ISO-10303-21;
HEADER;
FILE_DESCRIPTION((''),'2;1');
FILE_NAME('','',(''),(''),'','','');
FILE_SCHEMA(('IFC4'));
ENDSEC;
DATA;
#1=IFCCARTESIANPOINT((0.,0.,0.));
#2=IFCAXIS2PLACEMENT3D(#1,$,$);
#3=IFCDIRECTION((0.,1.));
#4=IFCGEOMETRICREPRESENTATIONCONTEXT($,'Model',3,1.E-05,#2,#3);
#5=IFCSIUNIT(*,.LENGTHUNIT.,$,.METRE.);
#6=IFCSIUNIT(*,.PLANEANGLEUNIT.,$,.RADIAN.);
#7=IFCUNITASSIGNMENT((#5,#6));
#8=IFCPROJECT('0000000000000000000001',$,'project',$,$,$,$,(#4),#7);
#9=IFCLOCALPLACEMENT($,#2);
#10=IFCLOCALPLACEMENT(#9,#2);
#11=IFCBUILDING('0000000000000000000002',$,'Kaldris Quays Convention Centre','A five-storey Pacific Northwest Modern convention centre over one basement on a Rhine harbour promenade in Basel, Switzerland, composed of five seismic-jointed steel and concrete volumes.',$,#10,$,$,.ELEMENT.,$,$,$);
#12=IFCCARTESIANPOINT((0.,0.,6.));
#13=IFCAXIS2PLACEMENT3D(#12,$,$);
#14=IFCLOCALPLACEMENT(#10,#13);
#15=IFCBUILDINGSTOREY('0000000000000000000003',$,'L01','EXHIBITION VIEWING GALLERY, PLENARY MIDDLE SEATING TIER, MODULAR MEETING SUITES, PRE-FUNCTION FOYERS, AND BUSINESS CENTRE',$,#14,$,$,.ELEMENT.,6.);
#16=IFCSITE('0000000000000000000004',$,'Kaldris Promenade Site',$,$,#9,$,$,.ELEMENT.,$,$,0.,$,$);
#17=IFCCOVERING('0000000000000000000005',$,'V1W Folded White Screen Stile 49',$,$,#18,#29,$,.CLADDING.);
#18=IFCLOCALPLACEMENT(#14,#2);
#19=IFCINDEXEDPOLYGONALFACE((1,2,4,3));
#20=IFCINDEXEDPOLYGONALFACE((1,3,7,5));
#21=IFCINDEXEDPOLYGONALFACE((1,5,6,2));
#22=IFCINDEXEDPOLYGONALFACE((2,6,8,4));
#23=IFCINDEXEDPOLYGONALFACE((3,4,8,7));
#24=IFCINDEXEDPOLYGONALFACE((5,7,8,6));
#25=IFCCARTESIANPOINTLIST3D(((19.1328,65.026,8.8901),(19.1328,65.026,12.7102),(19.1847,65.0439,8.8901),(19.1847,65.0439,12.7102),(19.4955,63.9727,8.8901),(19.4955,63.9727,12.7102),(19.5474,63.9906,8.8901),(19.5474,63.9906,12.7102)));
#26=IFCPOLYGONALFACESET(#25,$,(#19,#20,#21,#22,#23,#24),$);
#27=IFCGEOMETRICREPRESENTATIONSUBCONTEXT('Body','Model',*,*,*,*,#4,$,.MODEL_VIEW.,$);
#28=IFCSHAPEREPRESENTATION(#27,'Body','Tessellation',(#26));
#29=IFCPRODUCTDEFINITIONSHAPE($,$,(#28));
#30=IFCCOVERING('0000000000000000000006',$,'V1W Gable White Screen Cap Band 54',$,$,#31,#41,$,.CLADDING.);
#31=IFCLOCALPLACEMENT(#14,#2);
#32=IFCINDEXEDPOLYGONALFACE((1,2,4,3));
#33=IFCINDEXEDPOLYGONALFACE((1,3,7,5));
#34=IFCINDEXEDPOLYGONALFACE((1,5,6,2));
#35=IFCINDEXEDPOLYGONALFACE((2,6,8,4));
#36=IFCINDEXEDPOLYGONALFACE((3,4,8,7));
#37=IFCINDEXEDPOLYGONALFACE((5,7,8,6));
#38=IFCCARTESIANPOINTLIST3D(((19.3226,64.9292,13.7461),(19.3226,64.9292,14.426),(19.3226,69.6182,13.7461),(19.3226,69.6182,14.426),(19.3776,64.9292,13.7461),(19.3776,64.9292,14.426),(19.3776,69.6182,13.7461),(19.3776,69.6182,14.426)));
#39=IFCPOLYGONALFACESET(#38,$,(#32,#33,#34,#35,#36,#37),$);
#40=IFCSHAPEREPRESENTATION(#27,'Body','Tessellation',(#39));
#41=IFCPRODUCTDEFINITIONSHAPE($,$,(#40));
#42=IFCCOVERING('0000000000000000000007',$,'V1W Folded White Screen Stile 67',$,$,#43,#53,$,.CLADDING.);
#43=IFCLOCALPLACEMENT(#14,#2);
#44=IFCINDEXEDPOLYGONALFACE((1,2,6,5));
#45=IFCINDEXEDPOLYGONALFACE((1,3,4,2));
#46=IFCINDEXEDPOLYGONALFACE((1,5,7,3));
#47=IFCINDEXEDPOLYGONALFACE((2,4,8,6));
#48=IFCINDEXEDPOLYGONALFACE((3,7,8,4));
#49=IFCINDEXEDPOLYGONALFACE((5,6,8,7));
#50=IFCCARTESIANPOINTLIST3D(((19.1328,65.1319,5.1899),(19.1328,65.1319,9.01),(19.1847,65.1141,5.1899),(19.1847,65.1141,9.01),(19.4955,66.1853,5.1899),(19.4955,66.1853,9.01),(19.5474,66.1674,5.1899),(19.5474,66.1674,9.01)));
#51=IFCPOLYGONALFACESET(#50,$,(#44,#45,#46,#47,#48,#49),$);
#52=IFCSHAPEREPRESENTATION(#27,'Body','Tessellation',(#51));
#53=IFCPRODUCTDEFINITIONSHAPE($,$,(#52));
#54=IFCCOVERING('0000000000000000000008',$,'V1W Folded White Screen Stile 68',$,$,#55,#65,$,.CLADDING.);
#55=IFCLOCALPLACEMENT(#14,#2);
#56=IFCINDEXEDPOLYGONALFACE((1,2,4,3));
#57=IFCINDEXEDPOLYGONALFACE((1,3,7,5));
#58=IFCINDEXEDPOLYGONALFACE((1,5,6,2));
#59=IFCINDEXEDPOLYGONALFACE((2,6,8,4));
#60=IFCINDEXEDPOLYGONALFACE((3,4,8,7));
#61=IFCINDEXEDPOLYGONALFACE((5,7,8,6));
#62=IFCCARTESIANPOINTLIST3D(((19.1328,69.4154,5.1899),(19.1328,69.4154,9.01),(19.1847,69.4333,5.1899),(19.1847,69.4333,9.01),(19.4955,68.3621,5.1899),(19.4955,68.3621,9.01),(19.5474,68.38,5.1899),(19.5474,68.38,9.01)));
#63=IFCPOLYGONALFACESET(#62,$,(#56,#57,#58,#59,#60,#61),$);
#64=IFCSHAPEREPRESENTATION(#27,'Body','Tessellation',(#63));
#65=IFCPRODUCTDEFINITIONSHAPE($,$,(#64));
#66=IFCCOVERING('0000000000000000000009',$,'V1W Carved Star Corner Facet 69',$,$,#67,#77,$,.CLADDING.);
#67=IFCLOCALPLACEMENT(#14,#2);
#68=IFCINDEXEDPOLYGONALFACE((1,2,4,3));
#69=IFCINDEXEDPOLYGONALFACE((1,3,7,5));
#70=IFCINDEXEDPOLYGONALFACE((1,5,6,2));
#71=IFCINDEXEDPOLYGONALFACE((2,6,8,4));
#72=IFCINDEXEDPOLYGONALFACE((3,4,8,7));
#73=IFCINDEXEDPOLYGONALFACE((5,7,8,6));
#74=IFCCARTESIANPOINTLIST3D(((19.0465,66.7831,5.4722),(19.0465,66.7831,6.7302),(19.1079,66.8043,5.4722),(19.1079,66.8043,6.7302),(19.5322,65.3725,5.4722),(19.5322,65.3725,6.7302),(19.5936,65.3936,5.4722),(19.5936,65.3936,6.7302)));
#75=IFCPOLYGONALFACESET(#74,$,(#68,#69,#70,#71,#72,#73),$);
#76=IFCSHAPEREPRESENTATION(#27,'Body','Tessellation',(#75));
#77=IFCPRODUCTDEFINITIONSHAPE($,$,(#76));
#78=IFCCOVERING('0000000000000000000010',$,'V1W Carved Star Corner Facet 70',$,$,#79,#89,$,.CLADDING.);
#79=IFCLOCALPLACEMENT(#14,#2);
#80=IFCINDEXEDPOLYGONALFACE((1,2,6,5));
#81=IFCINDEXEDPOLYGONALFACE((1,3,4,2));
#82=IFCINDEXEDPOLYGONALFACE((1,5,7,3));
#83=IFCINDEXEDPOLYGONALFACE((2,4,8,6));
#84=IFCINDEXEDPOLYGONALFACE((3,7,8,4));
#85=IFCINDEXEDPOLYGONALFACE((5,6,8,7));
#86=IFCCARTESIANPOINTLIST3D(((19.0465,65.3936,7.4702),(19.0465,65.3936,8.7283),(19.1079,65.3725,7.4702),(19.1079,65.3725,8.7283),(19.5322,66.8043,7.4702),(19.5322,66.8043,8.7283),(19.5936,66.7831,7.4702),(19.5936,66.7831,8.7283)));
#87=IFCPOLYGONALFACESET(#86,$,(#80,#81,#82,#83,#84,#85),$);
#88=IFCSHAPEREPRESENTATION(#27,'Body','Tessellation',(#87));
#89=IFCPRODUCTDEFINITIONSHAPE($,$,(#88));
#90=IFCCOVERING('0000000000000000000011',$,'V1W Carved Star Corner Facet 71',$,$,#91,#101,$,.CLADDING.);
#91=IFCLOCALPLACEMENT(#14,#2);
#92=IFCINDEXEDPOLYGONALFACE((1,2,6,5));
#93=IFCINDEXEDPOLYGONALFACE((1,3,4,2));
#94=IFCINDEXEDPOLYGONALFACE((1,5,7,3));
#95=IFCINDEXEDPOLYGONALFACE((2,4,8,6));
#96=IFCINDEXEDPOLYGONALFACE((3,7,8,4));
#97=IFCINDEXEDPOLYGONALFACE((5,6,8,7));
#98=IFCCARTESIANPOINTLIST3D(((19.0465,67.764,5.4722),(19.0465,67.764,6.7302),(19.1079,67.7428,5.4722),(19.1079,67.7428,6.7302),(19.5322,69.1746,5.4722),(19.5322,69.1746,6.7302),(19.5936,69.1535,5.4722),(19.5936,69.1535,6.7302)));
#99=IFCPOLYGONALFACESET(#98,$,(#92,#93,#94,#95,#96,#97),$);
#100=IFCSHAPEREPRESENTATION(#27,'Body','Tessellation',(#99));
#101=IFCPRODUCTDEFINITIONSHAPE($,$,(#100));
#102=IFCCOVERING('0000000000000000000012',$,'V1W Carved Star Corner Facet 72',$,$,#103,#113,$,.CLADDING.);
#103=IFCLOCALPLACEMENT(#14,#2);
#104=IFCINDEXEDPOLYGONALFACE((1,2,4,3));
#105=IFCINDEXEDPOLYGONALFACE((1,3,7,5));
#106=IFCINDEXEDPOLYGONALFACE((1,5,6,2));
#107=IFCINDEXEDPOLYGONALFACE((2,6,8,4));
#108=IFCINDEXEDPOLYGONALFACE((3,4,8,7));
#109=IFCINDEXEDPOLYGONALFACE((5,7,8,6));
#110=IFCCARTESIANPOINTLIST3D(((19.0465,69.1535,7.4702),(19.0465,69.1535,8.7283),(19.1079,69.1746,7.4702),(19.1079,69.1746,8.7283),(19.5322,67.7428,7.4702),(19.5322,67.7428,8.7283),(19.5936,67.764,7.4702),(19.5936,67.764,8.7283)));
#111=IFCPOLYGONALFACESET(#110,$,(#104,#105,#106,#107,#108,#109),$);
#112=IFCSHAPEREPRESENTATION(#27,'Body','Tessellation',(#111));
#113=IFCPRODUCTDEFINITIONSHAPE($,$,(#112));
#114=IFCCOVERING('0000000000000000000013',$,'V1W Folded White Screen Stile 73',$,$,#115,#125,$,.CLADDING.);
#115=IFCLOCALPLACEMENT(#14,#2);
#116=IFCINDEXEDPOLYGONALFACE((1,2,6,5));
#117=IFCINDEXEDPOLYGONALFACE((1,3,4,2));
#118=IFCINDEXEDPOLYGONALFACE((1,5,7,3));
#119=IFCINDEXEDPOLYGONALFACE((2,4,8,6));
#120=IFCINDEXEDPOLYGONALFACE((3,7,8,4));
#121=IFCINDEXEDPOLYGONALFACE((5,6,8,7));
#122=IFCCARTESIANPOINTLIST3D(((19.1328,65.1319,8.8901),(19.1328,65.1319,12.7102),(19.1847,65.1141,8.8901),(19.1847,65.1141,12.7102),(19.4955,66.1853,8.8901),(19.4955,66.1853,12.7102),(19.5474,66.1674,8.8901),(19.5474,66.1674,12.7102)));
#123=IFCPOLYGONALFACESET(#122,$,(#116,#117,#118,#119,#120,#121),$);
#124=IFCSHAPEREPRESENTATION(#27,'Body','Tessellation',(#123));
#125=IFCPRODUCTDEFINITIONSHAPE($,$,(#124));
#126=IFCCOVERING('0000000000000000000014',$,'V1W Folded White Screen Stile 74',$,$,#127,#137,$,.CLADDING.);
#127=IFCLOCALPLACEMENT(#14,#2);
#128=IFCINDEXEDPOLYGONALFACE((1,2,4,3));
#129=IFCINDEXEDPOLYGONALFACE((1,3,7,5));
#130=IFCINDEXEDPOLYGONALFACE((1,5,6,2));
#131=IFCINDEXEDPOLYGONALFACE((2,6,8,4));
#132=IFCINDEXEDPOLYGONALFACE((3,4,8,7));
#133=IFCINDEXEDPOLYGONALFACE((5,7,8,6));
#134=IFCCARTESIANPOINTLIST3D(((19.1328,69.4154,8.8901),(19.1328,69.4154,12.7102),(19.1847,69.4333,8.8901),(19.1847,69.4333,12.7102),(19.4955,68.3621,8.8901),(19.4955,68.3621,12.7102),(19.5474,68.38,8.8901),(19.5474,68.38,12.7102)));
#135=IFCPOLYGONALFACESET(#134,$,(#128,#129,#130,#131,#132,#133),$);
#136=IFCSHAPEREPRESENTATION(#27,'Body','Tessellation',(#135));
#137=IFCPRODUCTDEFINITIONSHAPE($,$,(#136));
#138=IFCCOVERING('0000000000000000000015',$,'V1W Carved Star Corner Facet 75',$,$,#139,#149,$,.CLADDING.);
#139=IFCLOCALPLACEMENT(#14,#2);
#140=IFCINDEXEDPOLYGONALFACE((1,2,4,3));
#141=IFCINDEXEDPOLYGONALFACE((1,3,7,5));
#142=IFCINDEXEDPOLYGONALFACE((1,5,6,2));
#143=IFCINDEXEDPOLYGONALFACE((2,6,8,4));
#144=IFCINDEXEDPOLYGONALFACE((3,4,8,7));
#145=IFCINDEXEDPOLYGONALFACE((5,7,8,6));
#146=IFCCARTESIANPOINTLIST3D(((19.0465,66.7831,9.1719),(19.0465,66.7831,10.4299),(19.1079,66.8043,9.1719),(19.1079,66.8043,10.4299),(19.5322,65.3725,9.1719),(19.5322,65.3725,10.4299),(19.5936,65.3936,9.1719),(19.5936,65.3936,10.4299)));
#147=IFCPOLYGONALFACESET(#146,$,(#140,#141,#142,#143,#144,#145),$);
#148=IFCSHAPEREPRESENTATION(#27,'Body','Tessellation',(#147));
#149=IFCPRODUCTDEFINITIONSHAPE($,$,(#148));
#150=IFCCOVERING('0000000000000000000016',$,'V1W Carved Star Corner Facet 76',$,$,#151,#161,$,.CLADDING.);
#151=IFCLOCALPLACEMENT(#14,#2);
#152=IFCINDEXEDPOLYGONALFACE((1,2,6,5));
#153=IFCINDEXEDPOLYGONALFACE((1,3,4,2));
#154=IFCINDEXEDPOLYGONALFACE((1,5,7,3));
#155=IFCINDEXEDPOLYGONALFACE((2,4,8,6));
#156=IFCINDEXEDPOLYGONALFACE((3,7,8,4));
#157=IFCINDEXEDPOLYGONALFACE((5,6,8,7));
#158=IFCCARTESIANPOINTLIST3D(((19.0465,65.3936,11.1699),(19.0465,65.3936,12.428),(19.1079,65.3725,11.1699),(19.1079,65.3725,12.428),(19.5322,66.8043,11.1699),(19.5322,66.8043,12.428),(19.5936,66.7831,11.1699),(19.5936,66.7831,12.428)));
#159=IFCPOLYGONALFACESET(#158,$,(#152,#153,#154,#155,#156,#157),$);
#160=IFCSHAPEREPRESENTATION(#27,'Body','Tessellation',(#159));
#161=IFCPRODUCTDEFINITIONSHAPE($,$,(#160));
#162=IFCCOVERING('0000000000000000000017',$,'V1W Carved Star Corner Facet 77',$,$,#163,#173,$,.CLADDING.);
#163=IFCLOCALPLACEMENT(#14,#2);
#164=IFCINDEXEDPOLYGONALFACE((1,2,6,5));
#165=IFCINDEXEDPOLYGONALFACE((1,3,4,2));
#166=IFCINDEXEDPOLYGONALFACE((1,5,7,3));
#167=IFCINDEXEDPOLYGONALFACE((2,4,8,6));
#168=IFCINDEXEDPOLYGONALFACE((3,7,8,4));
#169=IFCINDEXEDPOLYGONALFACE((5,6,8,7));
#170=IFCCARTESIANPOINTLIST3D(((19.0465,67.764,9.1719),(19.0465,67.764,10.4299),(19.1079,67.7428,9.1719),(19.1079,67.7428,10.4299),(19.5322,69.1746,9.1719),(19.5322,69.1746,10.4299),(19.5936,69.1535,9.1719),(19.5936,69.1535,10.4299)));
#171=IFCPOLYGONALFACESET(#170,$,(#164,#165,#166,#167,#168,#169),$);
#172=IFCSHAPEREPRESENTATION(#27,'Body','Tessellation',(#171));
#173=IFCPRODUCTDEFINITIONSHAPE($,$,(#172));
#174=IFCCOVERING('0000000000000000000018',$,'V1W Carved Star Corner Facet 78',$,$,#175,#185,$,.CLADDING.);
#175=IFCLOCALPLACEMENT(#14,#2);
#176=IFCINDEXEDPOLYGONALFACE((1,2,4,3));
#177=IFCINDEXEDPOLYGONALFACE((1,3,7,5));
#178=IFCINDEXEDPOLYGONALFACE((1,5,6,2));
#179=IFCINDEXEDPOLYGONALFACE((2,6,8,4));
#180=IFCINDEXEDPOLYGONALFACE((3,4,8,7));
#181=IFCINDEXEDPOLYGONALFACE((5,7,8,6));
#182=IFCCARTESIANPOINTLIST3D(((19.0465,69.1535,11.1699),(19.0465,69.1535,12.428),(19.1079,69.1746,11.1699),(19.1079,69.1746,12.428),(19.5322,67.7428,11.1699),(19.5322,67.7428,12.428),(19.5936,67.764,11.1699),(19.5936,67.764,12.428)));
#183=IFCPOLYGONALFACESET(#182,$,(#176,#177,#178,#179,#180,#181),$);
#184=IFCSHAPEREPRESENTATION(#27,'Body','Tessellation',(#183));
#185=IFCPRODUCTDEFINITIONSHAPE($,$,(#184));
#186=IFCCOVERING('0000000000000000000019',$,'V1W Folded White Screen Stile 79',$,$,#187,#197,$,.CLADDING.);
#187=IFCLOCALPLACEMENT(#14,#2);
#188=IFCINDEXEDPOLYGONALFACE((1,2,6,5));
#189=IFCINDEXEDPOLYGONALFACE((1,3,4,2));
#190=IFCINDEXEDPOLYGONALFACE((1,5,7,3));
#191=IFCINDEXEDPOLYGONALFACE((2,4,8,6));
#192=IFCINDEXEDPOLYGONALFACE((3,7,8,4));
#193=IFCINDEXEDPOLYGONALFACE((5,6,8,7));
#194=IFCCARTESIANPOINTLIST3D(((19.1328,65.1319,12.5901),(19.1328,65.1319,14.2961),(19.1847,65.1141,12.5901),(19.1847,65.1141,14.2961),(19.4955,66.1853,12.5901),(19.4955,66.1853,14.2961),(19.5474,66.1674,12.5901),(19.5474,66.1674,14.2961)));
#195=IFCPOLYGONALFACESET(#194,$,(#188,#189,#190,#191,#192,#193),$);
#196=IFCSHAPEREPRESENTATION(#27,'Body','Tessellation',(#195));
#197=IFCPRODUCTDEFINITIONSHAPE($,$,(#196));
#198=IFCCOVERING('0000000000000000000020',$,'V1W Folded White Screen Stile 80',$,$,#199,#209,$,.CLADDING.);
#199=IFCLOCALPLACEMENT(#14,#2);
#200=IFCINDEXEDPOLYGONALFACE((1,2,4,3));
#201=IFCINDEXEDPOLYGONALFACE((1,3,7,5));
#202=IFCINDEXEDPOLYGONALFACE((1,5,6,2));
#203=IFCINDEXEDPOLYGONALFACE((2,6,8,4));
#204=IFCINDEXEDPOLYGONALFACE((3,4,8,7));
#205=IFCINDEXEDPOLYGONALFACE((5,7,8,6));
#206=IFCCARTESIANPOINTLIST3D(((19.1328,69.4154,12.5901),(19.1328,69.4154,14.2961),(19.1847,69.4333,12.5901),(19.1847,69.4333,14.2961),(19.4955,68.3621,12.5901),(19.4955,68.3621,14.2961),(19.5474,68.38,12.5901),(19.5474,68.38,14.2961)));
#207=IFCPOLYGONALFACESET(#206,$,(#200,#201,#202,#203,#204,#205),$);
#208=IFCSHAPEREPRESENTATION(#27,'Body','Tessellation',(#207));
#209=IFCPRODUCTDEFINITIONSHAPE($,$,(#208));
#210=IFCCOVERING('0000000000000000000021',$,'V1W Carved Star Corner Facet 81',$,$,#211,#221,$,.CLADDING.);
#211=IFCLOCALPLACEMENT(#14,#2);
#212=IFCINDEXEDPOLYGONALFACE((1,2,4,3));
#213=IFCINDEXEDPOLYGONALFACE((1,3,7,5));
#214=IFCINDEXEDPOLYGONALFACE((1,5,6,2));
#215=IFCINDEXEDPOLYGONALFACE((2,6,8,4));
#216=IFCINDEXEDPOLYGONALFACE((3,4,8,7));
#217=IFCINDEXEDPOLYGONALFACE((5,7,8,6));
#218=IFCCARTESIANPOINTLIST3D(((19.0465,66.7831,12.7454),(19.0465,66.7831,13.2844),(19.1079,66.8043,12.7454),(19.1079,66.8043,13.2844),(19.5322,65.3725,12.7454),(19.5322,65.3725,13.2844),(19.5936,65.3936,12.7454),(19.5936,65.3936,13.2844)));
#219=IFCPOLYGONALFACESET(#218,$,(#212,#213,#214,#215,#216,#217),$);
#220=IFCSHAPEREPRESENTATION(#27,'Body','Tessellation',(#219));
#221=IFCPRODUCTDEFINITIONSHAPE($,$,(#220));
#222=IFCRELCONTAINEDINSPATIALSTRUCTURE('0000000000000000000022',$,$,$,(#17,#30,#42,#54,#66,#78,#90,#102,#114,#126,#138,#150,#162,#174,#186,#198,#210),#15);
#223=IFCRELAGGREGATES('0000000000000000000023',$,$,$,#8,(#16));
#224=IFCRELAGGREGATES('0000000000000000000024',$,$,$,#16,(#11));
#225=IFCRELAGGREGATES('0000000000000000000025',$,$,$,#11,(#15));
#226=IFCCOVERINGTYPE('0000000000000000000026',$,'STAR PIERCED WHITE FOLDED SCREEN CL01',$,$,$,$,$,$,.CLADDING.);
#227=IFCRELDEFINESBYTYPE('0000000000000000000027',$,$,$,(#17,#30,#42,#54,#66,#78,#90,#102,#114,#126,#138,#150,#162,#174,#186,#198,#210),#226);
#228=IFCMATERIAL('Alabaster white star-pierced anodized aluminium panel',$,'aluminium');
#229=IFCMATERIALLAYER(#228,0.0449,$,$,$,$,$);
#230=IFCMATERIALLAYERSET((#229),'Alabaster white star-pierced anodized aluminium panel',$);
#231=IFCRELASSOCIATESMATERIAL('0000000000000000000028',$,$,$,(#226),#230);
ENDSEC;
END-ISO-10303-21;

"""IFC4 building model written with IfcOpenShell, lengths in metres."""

from ifc_helpers import new_model, si_unit, direction, frame, origin, origin_2d, place, context, subcontext, project, spatial, rectangle, extrude, material, layer, layer_set, type_object, element, save


model = new_model("IFC4")

# Units and contexts
model_context = context("Model", 3, precision=1e-05, world=origin(), true_north=direction((0.0, 1.0)))
body_context = subcontext(model_context, "Body", "Model", "MODEL_VIEW")
ifc_project = project(units=[si_unit("LENGTHUNIT", "METRE"), si_unit("PLANEANGLEUNIT", "RADIAN")], contexts=[model_context])

# Site, building, storey
site_placement = place(None, origin())
site = spatial("IfcSite", under=ifc_project, at=site_placement, Name="Kaldris Promenade Site", CompositionType="ELEMENT", RefElevation=0.0)
building_placement = place(site_placement, origin())
building = spatial("IfcBuilding", under=site, at=building_placement, Name="Kaldris Quays Convention Centre", Description="A five-storey Pacific Northwest Modern convention centre over one basement on a Rhine harbour promenade in Basel, Switzerland, composed of five seismic-jointed steel and concrete volumes.", CompositionType="ELEMENT")
storey_placement = place(building_placement, frame((0.0, 0.0, 6.0)))
storey = spatial("IfcBuildingStorey", under=building, at=storey_placement, Name="L01", Description="EXHIBITION VIEWING GALLERY, PLENARY MIDDLE SEATING TIER, MODULAR MEETING SUITES, PRE-FUNCTION FOYERS, AND BUSINESS CENTRE", CompositionType="ELEMENT", Elevation=6.0)

# Coverings
ifc_material_1 = material(Name="Alabaster white star-pierced anodized aluminium panel", Category="aluminium")
ifc_layer = layer(ifc_material_1, 0.0449)
ifc_layer_set = layer_set([ifc_layer], Name="Alabaster white star-pierced anodized aluminium panel")
covering_type = type_object("IfcCoveringType", Name="STAR PIERCED WHITE FOLDED SCREEN CL01", PredefinedType="CLADDING", material=ifc_layer_set)
covering_1_placement = place(storey_placement, frame((19.3401, 64.5083, 8.8901), z_axis=(0.0, 0.0, 1.0), x_axis=(-0.325568, 0.945519, 0.0)))
element("IfcCovering", 1, at=covering_1_placement, inside=storey, type_object=covering_type, Name="V1W Folded White Screen Stile 49", PredefinedType="CLADDING", context=body_context, shape_type="SweptSolid", body=[
    extrude(rectangle(XDim=1.114, YDim=0.0549, at=origin_2d()), origin(), (0.0, 0.0, 1.0), 3.8201),
])
covering_2_placement = place(storey_placement, frame((19.3501, 67.2737, 13.7461), z_axis=(0.0, 0.0, 1.0), x_axis=(0.0, 1.0, 0.0)))
element("IfcCovering", 2, at=covering_2_placement, inside=storey, type_object=covering_type, Name="V1W Gable White Screen Cap Band 54", PredefinedType="CLADDING", context=body_context, shape_type="SweptSolid", body=[
    extrude(rectangle(XDim=4.689, YDim=0.0549, at=origin_2d()), origin(), (0.0, 0.0, 1.0), 0.6799),
])
for number, where, z_axis, x_axis, name in (
    (3, (19.3401, 65.6497, 5.1899), (0.0, 0.0, 1.0), (0.325568, 0.945519, 0.0), "V1W Folded White Screen Stile 67"),
    (4, (19.3401, 68.8977, 5.1899), (0.0, 0.0, 1.0), (-0.325568, 0.945519, 0.0), "V1W Folded White Screen Stile 68"),
):
    element("IfcCovering", number, at=place(storey_placement, frame(where, z_axis=z_axis, x_axis=x_axis)), inside=storey, type_object=covering_type, Name=name, PredefinedType="CLADDING", context=body_context, shape_type="SweptSolid", body=[
        extrude(rectangle(XDim=1.114, YDim=0.0549, at=origin_2d()), origin(), (0.0, 0.0, 1.0), 3.8201),
    ])
for number, where, z_axis, x_axis, name in (
    (5, (19.3201, 66.0884, 5.4722), (0.0, 0.0, 1.0), (-0.325568, 0.945519, 0.0), "V1W Carved Star Corner Facet 69"),
    (6, (19.3201, 66.0884, 7.4702), (0.0, 0.0, 1.0), (0.325568, 0.945519, 0.0), "V1W Carved Star Corner Facet 70"),
    (7, (19.3201, 68.4587, 5.4722), (0.0, 0.0, 1.0), (0.325568, 0.945519, 0.0), "V1W Carved Star Corner Facet 71"),
    (8, (19.3201, 68.4587, 7.4702), (0.0, 0.0, 1.0), (-0.325568, 0.945519, 0.0), "V1W Carved Star Corner Facet 72"),
):
    element("IfcCovering", number, at=place(storey_placement, frame(where, z_axis=z_axis, x_axis=x_axis)), inside=storey, type_object=covering_type, Name=name, PredefinedType="CLADDING", context=body_context, shape_type="SweptSolid", body=[
        extrude(rectangle(XDim=1.4919, YDim=0.0649, at=origin_2d()), origin(), (0.0, 0.0, 1.0), 1.2581),
    ])
for number, where, z_axis, x_axis, name in (
    (9, (19.3401, 65.6497, 8.8901), (0.0, 0.0, 1.0), (0.325568, 0.945519, 0.0), "V1W Folded White Screen Stile 73"),
    (10, (19.3401, 68.8977, 8.8901), (0.0, 0.0, 1.0), (-0.325568, 0.945519, 0.0), "V1W Folded White Screen Stile 74"),
):
    element("IfcCovering", number, at=place(storey_placement, frame(where, z_axis=z_axis, x_axis=x_axis)), inside=storey, type_object=covering_type, Name=name, PredefinedType="CLADDING", context=body_context, shape_type="SweptSolid", body=[
        extrude(rectangle(XDim=1.114, YDim=0.0549, at=origin_2d()), origin(), (0.0, 0.0, 1.0), 3.8201),
    ])
for number, where, z_axis, x_axis, name in (
    (11, (19.3201, 66.0884, 9.1719), (0.0, 0.0, 1.0), (-0.325568, 0.945519, 0.0), "V1W Carved Star Corner Facet 75"),
    (12, (19.3201, 66.0884, 11.1699), (0.0, 0.0, 1.0), (0.325568, 0.945519, 0.0), "V1W Carved Star Corner Facet 76"),
    (13, (19.3201, 68.4587, 9.1719), (0.0, 0.0, 1.0), (0.325568, 0.945519, 0.0), "V1W Carved Star Corner Facet 77"),
    (14, (19.3201, 68.4587, 11.1699), (0.0, 0.0, 1.0), (-0.325568, 0.945519, 0.0), "V1W Carved Star Corner Facet 78"),
):
    element("IfcCovering", number, at=place(storey_placement, frame(where, z_axis=z_axis, x_axis=x_axis)), inside=storey, type_object=covering_type, Name=name, PredefinedType="CLADDING", context=body_context, shape_type="SweptSolid", body=[
        extrude(rectangle(XDim=1.4919, YDim=0.0649, at=origin_2d()), origin(), (0.0, 0.0, 1.0), 1.2581),
    ])
for number, where, z_axis, x_axis, name in (
    (15, (19.3401, 65.6497, 12.5901), (0.0, 0.0, 1.0), (0.325568, 0.945519, 0.0), "V1W Folded White Screen Stile 79"),
    (16, (19.3401, 68.8977, 12.5901), (0.0, 0.0, 1.0), (-0.325568, 0.945519, 0.0), "V1W Folded White Screen Stile 80"),
):
    element("IfcCovering", number, at=place(storey_placement, frame(where, z_axis=z_axis, x_axis=x_axis)), inside=storey, type_object=covering_type, Name=name, PredefinedType="CLADDING", context=body_context, shape_type="SweptSolid", body=[
        extrude(rectangle(XDim=1.114, YDim=0.0549, at=origin_2d()), origin(), (0.0, 0.0, 1.0), 1.7061),
    ])
for number, where, z_axis, x_axis, name in (
    (17, (19.3201, 66.0884, 12.7454), (0.0, 0.0, 1.0), (-0.325568, 0.945519, 0.0), "V1W Carved Star Corner Facet 81"),
):
    element("IfcCovering", number, at=place(storey_placement, frame(where, z_axis=z_axis, x_axis=x_axis)), inside=storey, type_object=covering_type, Name=name, PredefinedType="CLADDING", context=body_context, shape_type="SweptSolid", body=[
        extrude(rectangle(XDim=1.4919, YDim=0.0649, at=origin_2d()), origin(), (0.0, 0.0, 1.0), 0.5391),
    ])

save(model, "model.ifc")
